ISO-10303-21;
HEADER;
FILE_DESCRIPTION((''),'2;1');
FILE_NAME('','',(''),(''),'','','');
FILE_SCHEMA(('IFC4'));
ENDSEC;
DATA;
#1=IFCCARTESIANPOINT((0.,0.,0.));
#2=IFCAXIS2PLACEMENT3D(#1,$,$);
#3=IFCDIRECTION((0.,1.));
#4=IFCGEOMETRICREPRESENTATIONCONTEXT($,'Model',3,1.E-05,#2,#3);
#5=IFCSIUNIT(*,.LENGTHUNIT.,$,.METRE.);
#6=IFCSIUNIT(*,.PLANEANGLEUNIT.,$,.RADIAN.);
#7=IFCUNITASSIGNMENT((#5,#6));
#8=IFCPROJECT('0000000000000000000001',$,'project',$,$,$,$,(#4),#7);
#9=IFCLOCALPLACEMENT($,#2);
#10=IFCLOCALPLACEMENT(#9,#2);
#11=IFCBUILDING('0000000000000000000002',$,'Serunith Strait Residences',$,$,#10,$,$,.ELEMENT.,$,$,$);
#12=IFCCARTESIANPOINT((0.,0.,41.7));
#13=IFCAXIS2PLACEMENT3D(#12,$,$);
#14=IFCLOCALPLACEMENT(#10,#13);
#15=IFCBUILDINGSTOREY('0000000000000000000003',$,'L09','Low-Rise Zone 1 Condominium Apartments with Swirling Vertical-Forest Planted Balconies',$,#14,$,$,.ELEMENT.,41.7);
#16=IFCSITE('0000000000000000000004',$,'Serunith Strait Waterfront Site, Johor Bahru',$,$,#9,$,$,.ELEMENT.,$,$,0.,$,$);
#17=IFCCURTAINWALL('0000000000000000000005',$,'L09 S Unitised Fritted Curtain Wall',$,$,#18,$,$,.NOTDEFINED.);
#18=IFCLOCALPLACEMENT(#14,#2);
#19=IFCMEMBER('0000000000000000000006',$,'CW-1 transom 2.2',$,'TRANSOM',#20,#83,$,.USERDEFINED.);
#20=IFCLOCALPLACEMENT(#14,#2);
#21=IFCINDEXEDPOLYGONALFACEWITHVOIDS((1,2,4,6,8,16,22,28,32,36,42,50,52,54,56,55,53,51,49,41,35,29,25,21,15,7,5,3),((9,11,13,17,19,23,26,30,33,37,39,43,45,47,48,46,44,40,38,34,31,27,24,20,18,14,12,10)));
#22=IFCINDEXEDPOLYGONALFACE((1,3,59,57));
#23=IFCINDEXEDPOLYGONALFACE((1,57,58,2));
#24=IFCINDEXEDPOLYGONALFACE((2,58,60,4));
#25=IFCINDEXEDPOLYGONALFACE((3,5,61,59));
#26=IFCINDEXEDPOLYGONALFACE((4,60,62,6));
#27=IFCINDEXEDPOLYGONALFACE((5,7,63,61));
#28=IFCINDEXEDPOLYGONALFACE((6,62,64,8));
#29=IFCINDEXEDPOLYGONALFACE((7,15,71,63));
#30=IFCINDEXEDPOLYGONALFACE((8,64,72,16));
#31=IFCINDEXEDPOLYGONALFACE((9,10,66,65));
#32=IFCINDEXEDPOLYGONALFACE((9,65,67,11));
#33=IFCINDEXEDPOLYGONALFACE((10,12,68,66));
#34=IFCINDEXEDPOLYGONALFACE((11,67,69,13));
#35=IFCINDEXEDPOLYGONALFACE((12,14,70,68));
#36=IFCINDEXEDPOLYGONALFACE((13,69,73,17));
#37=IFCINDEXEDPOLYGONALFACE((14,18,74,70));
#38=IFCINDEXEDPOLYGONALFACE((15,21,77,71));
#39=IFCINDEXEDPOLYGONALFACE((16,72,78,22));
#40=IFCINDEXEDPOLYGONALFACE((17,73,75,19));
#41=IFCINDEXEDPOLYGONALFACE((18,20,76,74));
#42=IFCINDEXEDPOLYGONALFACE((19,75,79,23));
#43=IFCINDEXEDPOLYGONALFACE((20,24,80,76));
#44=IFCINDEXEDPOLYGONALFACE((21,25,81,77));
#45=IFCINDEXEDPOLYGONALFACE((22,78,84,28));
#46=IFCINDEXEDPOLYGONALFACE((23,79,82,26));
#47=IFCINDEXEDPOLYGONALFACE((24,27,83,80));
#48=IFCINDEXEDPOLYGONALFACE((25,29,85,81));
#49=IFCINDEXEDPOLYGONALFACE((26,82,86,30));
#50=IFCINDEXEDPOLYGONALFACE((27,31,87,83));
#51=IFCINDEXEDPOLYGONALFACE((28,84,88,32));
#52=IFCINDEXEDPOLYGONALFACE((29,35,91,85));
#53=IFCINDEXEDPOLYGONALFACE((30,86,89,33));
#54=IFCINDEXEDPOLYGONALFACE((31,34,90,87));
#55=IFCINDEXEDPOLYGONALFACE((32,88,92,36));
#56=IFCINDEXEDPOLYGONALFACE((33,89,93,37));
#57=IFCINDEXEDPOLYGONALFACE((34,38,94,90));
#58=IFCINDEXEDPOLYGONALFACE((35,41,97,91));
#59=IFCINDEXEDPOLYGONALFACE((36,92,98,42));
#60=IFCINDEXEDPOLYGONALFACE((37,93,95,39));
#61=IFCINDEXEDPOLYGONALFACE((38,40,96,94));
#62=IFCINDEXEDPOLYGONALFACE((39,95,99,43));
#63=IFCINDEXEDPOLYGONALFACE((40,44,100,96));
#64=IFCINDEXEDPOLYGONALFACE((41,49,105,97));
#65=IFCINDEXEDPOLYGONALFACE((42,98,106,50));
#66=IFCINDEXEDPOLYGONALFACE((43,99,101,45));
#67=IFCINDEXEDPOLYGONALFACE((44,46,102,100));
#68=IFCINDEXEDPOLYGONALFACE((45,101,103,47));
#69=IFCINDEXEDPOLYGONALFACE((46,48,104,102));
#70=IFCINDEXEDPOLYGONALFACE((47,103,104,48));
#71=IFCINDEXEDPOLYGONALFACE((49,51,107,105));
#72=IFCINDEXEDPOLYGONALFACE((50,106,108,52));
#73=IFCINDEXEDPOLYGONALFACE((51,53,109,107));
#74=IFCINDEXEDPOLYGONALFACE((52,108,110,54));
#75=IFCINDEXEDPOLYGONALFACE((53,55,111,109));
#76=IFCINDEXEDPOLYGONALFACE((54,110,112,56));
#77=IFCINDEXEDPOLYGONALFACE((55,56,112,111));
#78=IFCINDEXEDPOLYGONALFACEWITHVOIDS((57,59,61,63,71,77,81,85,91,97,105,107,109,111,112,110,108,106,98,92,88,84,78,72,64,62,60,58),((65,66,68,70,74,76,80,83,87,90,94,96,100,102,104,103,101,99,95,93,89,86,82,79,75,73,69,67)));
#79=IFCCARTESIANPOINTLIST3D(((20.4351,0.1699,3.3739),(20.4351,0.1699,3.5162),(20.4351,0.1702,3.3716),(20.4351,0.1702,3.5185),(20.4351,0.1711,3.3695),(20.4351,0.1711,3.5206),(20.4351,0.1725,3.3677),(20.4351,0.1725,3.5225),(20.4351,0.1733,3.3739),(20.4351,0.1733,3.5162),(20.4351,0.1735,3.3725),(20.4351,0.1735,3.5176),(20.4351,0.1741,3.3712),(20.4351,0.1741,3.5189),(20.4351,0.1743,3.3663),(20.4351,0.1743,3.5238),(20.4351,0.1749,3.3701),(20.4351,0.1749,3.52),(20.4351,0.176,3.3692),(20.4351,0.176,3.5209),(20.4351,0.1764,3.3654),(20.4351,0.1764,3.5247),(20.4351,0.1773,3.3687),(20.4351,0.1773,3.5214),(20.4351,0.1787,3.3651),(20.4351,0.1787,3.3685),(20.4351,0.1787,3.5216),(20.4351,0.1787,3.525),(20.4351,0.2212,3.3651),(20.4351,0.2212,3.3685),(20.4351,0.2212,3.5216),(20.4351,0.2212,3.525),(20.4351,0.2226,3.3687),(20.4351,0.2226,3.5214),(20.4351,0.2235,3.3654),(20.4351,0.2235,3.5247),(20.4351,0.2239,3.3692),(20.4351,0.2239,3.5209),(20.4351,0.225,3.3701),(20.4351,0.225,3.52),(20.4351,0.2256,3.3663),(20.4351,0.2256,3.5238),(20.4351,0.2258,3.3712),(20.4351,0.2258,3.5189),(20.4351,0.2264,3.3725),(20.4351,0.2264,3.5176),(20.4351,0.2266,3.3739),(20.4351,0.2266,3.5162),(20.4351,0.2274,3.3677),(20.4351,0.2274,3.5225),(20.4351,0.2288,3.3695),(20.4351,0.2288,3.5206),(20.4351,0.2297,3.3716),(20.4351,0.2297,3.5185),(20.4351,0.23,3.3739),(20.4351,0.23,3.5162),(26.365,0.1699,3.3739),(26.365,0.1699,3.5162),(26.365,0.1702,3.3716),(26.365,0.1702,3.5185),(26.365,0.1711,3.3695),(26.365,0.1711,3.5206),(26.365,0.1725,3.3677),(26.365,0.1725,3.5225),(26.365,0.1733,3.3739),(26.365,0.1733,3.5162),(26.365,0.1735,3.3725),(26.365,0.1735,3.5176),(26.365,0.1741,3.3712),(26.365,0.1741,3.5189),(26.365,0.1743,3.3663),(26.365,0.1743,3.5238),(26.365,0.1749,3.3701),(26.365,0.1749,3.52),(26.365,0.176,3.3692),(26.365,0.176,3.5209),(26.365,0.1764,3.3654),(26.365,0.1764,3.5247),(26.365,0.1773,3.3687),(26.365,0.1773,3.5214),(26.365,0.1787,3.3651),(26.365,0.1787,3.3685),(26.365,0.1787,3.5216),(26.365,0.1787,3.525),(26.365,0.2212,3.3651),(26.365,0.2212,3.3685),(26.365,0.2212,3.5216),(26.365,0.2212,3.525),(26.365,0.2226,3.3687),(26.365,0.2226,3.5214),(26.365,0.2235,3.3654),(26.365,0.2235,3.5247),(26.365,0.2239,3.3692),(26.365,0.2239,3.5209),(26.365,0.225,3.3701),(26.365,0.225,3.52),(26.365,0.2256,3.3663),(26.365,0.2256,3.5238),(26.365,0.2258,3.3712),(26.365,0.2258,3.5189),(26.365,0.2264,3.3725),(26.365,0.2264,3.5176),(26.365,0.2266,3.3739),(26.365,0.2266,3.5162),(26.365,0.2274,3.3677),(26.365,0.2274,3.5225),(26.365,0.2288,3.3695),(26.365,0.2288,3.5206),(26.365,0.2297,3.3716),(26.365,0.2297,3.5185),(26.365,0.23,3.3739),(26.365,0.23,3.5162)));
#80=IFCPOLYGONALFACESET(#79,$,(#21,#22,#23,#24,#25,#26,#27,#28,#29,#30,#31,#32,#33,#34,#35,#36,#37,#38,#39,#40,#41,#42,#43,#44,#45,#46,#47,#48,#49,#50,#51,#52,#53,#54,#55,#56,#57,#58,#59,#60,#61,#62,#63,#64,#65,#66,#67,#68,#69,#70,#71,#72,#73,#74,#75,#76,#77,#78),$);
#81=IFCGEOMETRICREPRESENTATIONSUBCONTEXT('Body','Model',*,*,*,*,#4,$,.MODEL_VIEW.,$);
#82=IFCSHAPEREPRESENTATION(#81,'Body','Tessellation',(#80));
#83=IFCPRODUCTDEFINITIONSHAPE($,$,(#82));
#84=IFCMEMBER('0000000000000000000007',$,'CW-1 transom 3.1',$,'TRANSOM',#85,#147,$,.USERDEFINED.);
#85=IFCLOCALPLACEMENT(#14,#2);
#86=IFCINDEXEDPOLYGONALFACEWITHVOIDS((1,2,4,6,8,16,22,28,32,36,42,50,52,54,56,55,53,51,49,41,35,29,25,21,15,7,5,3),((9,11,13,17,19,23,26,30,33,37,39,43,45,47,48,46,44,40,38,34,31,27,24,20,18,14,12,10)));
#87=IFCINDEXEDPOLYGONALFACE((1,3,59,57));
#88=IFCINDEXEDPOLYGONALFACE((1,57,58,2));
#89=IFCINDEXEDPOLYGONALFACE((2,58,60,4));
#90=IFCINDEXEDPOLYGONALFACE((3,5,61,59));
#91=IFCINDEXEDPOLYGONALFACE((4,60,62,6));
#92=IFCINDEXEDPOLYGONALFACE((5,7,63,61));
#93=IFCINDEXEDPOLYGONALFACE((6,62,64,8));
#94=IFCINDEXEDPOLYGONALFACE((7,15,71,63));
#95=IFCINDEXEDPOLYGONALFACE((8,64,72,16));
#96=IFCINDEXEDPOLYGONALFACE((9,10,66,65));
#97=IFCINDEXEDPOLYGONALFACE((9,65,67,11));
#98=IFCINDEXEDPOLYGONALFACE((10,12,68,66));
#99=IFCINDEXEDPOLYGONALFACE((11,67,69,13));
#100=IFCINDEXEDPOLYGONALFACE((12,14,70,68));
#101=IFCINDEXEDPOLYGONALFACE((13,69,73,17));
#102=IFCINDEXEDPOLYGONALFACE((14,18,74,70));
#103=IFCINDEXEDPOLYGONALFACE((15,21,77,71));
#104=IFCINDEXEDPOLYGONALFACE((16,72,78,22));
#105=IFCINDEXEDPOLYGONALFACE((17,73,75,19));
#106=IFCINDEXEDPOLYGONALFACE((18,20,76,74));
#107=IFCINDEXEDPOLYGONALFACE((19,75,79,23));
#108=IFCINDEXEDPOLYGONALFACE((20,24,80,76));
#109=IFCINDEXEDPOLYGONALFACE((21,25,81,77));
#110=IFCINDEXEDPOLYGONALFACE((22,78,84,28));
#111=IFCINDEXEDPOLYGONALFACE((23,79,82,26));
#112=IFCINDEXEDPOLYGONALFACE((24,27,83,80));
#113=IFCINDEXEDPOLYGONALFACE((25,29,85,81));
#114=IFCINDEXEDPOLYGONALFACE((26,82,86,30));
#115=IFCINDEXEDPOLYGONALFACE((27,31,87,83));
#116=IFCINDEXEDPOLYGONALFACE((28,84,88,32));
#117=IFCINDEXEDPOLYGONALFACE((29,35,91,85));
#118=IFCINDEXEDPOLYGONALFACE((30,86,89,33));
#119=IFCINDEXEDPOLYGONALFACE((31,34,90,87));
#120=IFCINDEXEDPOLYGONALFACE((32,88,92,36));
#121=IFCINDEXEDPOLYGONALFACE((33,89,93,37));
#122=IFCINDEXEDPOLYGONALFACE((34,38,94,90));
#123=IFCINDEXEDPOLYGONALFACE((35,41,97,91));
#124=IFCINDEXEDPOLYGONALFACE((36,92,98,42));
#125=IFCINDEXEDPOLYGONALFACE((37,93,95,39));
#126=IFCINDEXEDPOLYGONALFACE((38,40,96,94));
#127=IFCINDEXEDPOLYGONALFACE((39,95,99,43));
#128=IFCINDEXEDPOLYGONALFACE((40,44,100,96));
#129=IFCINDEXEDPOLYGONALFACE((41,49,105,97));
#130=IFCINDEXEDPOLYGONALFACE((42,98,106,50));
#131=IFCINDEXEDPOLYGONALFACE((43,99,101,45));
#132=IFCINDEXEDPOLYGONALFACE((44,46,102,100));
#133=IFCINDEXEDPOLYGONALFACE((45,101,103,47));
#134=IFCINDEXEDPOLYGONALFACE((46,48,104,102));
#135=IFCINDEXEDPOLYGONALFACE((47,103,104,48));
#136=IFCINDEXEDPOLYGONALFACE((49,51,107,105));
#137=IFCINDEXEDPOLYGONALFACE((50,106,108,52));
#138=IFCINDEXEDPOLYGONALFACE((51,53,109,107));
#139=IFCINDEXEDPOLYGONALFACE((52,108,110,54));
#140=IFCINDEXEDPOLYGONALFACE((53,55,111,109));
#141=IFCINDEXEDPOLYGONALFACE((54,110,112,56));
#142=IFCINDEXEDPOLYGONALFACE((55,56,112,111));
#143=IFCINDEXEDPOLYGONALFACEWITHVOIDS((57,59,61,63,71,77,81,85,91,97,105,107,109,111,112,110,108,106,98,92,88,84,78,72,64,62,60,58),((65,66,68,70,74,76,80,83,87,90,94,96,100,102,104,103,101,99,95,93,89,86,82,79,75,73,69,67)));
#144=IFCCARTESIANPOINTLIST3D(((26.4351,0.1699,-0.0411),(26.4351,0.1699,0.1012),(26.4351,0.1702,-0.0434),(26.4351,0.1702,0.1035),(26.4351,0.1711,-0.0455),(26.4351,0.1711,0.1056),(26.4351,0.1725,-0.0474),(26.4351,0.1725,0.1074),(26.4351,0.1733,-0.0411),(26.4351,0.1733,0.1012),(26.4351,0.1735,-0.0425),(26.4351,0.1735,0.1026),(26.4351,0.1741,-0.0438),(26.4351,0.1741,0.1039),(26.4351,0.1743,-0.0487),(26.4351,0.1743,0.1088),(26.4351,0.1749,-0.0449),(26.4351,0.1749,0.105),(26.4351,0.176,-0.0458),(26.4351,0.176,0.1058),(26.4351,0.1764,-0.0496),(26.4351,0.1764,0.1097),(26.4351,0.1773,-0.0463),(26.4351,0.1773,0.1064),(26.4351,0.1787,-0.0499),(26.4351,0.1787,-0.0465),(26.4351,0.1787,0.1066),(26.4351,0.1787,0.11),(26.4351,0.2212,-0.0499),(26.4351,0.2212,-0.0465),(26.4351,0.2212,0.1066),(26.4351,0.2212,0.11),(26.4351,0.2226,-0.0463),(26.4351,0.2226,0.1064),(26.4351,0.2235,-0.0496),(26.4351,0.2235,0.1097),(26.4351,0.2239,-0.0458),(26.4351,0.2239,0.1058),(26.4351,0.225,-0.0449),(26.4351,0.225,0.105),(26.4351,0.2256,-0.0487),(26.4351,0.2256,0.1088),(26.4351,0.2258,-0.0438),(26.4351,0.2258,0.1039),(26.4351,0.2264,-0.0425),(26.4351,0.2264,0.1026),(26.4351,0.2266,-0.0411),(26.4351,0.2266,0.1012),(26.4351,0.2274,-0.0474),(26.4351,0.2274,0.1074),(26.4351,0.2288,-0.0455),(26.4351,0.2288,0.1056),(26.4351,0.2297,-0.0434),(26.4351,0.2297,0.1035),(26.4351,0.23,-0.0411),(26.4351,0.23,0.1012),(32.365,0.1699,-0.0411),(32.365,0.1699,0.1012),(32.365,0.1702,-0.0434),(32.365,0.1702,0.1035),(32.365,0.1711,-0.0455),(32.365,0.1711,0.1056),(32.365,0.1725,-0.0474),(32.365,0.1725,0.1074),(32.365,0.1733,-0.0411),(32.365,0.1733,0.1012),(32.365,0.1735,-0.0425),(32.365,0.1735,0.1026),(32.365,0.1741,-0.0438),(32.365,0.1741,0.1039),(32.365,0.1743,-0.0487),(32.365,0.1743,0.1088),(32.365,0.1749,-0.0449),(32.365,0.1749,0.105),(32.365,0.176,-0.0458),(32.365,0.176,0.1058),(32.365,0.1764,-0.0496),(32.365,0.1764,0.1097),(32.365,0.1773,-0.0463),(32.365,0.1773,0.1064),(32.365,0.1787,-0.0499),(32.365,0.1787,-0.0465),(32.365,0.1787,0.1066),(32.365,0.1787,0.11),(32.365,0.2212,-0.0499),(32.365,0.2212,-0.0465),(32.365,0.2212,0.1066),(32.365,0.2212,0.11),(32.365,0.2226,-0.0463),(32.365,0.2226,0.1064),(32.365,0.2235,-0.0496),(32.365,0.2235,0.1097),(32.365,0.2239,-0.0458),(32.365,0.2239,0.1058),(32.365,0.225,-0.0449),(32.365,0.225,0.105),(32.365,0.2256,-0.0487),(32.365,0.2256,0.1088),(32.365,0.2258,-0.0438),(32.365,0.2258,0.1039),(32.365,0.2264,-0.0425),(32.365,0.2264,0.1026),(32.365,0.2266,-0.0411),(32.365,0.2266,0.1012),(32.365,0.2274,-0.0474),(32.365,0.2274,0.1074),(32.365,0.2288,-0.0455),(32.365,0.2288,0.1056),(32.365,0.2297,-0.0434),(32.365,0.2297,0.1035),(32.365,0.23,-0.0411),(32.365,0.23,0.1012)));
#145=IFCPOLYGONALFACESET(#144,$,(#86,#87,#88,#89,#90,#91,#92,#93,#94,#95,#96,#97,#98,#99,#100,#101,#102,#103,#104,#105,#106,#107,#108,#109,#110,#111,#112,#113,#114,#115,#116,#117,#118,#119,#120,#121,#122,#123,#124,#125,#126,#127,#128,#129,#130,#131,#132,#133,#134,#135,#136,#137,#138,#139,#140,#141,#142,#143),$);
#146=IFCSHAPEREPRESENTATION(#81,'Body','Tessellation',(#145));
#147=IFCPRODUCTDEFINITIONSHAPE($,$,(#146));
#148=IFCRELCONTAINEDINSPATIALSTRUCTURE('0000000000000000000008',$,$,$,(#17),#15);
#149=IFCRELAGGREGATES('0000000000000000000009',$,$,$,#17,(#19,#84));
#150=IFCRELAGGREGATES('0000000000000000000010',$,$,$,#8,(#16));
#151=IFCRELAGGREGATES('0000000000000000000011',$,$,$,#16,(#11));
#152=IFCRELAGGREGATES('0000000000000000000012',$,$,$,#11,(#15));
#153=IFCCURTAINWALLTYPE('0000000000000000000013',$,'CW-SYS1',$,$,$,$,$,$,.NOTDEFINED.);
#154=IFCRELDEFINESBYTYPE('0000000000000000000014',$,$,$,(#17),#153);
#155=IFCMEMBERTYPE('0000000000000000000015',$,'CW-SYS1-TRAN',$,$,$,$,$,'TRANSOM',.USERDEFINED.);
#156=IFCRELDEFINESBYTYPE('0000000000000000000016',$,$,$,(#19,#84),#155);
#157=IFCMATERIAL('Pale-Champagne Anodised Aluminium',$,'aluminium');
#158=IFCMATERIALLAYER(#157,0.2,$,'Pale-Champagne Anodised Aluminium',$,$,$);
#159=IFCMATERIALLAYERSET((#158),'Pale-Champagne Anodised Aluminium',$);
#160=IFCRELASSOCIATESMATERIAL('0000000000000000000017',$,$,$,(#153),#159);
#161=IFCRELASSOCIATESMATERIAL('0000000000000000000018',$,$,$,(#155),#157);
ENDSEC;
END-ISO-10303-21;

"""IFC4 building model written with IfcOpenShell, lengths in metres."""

from ifc_helpers import new_model, si_unit, direction, frame, origin, origin_2d, place, context, subcontext, project, spatial, hollow_rectangle, extrude, source, transform, mapped, material, layer, layer_set, material_profile, profile_set, type_object, element, aggregate, save


model = new_model("IFC4")

# Units and contexts
model_context = context("Model", 3, precision=1e-05, world=origin(), true_north=direction((0.0, 1.0)))
body_context = subcontext(model_context, "Body", "Model", "MODEL_VIEW")
ifc_project = project(units=[si_unit("LENGTHUNIT", "METRE"), si_unit("PLANEANGLEUNIT", "RADIAN")], contexts=[model_context])

# Site, building, storey
site_placement = place(None, origin())
site = spatial("IfcSite", under=ifc_project, at=site_placement, Name="Serunith Strait Waterfront Site, Johor Bahru", CompositionType="ELEMENT", RefElevation=0.0)
building_placement = place(site_placement, origin())
building = spatial("IfcBuilding", under=site, at=building_placement, Name="Serunith Strait Residences", CompositionType="ELEMENT")
storey_placement = place(building_placement, frame((0.0, 0.0, 41.7)))
storey = spatial("IfcBuildingStorey", under=building, at=storey_placement, Name="L09", Description="Low-Rise Zone 1 Condominium Apartments with Swirling Vertical-Forest Planted Balconies", CompositionType="ELEMENT", Elevation=41.7)

# Curtain wall, members
ifc_material_1 = material(Name="Pale-Champagne Anodised Aluminium", Category="aluminium")
ifc_layer_1 = layer(ifc_material_1, 0.2, Name="Pale-Champagne Anodised Aluminium")
ifc_layer_set_1 = layer_set([ifc_layer_1], Name="Pale-Champagne Anodised Aluminium")
curtain_wall_type = type_object("IfcCurtainWallType", Name="CW-SYS1", PredefinedType="NOTDEFINED", material=ifc_layer_set_1)
curtain_wall_placement = place(storey_placement, origin())
curtain_wall = element("IfcCurtainWall", 1, at=curtain_wall_placement, inside=storey, type_object=curtain_wall_type, Name="L09 S Unitised Fritted Curtain Wall", PredefinedType="NOTDEFINED")
ifc_material_profile_1 = material_profile(ifc_material_1, hollow_rectangle(XDim=0.0601, YDim=0.1599, WallThickness=0.0034, InnerFilletRadius=0.0054, OuterFilletRadius=0.0088, at=origin_2d()), Name="ALU 160x60x3.5")
ifc_profile_set_1 = profile_set([ifc_material_profile_1], Name="Pale-Champagne Anodised Aluminium")
member_type_1 = type_object("IfcMemberType", Name="CW-SYS1-TRAN", ElementType="TRANSOM", PredefinedType="USERDEFINED", material=ifc_profile_set_1)
shared_shape_1 = source(origin(), body_context, "Body", "SweptSolid", [
    extrude(hollow_rectangle(XDim=0.0601, YDim=0.1599, WallThickness=0.0034, InnerFilletRadius=0.0054, OuterFilletRadius=0.0088, at=origin_2d()), origin(), (0.0, 0.0, 1.0), 5.9299),
])
member_1_placement = place(storey_placement, frame((20.4351, 0.2, 3.4451), z_axis=(1.0, 0.0, 0.0), x_axis=(0.0, 1.0, 0.0)))
member_1 = element("IfcMember", 2, at=member_1_placement, type_object=member_type_1, Name="CW-1 transom 2.2", ObjectType="TRANSOM", PredefinedType="USERDEFINED", context=body_context, shape_type="MappedRepresentation", body=[
    mapped(shared_shape_1, transform((0.0, 0.0, 0.0), scale=1.0)),
])
member_2_placement = place(storey_placement, frame((26.4351, 0.2, 0.03), z_axis=(1.0, 0.0, 0.0), x_axis=(0.0, 1.0, 0.0)))
member_2 = element("IfcMember", 3, at=member_2_placement, type_object=member_type_1, Name="CW-1 transom 3.1", ObjectType="TRANSOM", PredefinedType="USERDEFINED", context=body_context, shape_type="MappedRepresentation", body=[
    mapped(shared_shape_1, transform((0.0, 0.0, 0.0), scale=1.0)),
])
aggregate(curtain_wall, [member_1, member_2])

save(model, "model.ifc")
